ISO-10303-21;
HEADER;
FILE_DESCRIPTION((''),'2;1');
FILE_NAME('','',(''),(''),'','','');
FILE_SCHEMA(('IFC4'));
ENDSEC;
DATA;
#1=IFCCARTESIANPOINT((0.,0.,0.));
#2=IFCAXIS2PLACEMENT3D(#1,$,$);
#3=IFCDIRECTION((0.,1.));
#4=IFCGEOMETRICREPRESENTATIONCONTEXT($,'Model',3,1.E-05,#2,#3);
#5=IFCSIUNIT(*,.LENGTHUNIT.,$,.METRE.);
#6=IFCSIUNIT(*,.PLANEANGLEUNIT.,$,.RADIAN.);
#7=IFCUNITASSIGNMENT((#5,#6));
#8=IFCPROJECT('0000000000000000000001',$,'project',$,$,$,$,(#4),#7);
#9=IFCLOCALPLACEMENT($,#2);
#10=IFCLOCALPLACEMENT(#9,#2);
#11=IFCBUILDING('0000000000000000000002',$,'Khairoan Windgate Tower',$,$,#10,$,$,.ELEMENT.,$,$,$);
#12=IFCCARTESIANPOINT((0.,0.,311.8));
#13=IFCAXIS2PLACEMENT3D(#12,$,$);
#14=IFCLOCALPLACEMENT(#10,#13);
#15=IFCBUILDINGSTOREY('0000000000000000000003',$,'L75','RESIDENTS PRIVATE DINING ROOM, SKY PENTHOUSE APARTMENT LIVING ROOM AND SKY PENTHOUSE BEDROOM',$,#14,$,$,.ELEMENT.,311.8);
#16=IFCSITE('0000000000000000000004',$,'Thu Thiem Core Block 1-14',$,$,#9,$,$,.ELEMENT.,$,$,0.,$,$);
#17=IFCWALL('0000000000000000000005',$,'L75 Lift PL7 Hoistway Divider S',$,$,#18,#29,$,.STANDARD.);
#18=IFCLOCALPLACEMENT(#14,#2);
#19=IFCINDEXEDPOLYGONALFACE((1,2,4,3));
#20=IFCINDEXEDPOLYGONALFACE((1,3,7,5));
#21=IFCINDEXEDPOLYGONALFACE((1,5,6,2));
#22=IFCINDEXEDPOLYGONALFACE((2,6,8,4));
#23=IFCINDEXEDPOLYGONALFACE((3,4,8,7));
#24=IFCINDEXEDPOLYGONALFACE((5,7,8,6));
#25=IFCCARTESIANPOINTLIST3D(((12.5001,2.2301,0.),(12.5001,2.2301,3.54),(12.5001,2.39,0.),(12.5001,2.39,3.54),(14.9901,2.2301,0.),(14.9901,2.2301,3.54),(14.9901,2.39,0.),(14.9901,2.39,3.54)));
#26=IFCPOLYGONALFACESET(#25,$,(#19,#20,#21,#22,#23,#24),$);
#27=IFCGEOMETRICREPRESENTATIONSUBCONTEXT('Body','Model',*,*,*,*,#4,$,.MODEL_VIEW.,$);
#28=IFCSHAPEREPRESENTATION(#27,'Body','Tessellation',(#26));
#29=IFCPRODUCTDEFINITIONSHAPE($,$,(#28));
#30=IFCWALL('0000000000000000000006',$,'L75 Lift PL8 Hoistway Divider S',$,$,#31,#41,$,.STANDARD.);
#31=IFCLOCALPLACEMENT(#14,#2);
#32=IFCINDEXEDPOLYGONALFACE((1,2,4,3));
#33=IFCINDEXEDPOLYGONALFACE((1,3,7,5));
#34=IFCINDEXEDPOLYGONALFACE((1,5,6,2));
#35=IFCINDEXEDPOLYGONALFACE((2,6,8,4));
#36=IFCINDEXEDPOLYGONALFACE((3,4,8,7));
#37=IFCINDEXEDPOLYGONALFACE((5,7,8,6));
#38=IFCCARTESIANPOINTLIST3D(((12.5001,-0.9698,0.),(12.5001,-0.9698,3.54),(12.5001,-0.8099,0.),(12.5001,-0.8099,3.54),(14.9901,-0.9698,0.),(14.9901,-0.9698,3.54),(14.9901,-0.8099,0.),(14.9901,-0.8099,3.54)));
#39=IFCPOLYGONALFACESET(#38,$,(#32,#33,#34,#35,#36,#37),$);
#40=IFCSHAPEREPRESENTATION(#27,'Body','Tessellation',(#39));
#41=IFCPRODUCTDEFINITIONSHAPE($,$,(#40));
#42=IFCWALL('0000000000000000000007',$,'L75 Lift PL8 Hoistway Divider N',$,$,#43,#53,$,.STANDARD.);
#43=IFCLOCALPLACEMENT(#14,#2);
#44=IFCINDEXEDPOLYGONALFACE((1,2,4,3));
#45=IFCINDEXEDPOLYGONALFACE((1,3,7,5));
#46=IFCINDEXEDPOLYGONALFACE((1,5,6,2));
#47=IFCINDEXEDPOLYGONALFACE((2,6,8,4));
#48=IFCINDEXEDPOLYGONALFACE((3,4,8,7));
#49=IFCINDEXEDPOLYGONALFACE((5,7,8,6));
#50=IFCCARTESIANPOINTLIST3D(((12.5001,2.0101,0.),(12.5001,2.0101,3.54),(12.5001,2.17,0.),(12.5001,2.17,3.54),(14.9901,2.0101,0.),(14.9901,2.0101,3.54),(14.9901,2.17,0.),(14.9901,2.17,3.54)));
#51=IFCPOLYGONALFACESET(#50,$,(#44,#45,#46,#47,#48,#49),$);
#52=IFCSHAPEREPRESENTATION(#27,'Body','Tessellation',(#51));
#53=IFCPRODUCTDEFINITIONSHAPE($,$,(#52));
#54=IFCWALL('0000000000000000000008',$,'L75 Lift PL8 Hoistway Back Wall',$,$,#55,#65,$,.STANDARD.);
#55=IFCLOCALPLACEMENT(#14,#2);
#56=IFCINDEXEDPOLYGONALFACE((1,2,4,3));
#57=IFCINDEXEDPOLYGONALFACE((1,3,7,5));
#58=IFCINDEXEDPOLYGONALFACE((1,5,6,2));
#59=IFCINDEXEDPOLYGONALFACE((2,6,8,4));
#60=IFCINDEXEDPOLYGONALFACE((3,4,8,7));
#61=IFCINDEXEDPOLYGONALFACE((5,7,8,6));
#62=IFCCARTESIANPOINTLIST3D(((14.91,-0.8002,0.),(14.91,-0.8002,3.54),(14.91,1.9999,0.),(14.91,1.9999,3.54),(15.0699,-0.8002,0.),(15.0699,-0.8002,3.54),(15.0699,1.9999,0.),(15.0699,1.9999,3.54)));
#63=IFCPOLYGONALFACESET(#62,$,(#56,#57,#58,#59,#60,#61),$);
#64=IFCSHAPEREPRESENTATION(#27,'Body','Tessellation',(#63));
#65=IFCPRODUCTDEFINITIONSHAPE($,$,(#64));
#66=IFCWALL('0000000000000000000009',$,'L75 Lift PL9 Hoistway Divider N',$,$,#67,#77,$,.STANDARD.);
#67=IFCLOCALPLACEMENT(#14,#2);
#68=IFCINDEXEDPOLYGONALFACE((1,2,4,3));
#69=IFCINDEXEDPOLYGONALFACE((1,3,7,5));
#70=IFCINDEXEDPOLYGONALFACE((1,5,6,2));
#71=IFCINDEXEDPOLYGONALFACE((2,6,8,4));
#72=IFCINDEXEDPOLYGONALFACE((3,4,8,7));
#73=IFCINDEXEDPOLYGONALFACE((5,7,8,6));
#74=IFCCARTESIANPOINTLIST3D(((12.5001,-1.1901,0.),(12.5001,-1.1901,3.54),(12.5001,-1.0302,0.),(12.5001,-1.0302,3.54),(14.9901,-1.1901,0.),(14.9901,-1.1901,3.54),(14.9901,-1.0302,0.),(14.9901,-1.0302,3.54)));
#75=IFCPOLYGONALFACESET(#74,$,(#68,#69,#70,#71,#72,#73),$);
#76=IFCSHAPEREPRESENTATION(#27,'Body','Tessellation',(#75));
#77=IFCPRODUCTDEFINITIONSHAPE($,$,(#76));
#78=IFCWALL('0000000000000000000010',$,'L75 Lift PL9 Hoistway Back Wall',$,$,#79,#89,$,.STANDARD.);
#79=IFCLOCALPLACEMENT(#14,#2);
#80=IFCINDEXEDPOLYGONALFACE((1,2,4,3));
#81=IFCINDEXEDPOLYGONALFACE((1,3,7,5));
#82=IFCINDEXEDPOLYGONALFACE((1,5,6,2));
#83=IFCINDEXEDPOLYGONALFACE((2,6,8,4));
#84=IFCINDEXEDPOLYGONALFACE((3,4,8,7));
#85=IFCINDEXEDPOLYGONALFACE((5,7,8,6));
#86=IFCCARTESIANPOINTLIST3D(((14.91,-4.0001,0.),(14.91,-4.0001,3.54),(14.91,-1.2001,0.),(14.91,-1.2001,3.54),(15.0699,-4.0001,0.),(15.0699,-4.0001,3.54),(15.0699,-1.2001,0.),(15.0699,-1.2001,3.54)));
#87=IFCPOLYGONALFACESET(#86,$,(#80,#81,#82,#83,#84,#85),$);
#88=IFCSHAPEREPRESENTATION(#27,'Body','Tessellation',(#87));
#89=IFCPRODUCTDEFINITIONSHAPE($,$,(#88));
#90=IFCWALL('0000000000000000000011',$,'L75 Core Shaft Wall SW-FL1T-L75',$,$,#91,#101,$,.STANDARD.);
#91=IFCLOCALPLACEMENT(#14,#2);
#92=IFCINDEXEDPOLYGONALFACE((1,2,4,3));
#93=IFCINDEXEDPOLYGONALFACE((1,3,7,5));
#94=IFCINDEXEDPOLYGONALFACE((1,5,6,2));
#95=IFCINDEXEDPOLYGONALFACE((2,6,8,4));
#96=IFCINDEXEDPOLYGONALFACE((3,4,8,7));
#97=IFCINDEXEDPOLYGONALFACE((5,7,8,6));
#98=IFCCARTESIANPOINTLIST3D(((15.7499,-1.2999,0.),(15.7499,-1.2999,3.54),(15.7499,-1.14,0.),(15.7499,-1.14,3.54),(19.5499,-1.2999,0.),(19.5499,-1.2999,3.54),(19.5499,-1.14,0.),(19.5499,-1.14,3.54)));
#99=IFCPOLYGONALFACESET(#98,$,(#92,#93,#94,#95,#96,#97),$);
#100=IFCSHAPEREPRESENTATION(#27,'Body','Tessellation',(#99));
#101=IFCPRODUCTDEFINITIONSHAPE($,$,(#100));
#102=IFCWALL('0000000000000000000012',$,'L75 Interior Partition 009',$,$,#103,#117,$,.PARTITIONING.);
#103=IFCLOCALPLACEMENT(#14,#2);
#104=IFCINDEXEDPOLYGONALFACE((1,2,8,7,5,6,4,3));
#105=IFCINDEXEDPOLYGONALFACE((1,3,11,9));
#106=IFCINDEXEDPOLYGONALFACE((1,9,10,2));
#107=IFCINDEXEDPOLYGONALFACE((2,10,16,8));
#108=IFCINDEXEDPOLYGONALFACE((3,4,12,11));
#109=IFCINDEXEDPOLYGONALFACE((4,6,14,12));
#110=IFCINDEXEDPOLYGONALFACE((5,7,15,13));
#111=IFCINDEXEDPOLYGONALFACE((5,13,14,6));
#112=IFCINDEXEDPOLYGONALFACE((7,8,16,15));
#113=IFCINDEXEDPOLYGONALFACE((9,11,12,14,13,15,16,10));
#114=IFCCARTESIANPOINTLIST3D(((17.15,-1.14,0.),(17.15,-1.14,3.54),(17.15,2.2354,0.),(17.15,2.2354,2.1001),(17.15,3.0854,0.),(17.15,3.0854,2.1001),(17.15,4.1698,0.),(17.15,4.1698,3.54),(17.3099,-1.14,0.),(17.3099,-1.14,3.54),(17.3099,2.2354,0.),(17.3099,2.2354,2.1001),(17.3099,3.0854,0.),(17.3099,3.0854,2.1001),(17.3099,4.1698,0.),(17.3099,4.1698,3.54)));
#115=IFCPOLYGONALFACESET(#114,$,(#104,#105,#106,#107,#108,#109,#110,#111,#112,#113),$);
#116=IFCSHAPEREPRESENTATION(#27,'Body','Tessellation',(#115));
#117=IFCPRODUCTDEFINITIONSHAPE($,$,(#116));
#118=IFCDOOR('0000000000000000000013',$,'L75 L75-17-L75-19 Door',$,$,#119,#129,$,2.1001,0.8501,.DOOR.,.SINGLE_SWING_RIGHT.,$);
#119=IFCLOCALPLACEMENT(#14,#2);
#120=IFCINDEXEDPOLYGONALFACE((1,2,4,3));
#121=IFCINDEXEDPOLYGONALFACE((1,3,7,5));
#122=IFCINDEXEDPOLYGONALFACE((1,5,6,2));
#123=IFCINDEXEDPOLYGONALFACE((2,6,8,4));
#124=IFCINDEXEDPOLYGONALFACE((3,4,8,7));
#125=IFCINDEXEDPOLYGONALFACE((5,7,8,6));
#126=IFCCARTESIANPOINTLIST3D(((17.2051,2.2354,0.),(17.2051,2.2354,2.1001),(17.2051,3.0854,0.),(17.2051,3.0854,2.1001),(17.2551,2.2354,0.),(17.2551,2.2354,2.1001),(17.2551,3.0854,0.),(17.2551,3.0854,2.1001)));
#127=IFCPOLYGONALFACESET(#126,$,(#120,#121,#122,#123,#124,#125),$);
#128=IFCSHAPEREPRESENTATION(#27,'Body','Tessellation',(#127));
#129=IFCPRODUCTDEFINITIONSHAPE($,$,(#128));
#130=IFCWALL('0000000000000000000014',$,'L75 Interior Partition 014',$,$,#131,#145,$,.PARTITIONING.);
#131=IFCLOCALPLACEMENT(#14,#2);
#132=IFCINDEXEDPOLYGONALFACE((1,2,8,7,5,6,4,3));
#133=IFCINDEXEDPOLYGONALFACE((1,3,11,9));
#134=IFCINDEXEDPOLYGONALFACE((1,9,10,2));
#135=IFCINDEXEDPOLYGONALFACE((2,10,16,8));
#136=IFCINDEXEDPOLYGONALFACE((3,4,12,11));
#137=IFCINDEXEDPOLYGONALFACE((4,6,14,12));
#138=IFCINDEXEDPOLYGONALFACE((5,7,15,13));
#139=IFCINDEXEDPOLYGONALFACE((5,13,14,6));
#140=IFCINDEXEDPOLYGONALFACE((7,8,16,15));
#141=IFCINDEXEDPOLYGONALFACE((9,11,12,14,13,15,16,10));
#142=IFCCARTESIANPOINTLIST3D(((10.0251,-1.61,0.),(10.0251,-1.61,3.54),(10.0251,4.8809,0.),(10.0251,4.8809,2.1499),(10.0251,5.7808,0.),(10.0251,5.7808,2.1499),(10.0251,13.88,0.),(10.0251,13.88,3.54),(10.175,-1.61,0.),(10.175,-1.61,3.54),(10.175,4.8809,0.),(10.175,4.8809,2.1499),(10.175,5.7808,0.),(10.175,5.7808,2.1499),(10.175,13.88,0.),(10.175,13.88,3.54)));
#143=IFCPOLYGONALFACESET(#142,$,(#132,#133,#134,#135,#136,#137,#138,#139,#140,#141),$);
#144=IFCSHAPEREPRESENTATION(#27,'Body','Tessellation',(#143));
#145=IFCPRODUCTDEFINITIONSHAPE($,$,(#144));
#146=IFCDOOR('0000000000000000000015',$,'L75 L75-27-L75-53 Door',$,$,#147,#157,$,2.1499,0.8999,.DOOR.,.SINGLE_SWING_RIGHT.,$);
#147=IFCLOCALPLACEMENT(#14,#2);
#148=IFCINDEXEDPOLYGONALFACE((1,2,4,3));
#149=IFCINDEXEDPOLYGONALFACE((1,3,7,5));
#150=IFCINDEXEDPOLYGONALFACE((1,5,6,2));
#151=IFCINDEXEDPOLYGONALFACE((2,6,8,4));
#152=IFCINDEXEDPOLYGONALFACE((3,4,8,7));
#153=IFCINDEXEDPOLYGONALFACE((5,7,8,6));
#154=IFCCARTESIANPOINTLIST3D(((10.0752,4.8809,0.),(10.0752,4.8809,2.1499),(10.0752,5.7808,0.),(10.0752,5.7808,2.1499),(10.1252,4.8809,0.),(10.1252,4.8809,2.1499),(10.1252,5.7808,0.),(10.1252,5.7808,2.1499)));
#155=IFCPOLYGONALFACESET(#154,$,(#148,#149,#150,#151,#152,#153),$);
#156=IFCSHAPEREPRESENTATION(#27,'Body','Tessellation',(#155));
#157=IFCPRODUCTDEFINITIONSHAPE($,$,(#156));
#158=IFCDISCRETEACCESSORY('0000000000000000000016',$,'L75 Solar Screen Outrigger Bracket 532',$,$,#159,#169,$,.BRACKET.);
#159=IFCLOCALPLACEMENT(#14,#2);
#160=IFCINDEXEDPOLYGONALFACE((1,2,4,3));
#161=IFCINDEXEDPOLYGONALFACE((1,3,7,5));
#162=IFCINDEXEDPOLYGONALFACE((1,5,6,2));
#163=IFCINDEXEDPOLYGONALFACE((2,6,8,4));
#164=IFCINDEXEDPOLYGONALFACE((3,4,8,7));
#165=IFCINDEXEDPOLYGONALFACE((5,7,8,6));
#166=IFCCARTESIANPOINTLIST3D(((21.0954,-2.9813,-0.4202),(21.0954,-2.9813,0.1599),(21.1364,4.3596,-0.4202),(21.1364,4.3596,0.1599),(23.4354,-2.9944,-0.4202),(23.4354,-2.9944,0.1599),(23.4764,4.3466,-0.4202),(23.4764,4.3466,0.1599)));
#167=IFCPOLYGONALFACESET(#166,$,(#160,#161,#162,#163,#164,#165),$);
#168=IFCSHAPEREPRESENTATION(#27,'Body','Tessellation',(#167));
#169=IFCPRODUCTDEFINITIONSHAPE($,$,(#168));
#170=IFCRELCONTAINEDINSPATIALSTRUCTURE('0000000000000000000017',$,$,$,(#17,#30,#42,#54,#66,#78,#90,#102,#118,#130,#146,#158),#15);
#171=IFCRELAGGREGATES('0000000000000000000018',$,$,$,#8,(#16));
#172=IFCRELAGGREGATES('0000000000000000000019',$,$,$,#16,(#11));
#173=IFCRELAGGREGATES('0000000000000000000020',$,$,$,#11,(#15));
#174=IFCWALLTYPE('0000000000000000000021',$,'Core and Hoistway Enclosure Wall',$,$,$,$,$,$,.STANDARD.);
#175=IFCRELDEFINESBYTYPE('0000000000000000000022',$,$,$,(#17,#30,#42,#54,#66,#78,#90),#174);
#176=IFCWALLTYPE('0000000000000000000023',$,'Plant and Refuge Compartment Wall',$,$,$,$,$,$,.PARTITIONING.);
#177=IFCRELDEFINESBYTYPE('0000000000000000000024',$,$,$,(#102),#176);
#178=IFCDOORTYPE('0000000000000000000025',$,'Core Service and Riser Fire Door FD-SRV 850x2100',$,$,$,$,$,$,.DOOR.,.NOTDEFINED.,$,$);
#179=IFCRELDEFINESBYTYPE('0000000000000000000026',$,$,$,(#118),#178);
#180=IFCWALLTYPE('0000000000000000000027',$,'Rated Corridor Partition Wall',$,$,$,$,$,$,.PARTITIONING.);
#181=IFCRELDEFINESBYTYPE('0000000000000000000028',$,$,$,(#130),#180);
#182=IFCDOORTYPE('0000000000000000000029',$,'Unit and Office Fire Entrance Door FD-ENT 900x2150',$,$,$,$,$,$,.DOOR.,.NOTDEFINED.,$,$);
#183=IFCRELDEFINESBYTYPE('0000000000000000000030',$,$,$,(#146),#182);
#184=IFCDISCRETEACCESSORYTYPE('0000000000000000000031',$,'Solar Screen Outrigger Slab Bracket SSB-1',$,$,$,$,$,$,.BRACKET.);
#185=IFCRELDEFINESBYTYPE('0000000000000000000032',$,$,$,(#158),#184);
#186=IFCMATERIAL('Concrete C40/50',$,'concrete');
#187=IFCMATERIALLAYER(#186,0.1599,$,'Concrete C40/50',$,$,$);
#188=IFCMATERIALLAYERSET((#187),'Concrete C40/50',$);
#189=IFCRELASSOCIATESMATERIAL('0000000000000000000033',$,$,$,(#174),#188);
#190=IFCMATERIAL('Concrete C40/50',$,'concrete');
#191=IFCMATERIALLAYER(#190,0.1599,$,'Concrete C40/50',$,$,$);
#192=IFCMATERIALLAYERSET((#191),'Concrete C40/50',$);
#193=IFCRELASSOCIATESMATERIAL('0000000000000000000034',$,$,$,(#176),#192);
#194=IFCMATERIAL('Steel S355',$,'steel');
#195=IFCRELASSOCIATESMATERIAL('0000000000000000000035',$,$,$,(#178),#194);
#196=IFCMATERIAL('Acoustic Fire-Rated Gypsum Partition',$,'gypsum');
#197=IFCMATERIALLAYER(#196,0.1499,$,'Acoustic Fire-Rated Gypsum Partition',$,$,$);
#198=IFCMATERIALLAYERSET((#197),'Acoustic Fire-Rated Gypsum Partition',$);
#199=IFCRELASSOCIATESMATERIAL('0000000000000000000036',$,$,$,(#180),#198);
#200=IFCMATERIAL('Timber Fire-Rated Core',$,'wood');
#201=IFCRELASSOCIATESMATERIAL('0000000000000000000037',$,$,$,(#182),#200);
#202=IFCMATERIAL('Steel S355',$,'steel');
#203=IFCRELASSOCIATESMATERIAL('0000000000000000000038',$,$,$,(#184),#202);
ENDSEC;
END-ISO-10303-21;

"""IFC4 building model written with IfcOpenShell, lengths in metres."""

from ifc_helpers import new_model, si_unit, direction, frame, frame_2d, origin, origin_2d, place, context, subcontext, project, spatial, rectangle, extrude, material, layer, layer_set, type_object, element, fill, save


model = new_model("IFC4")

# Units and contexts
model_context = context("Model", 3, precision=1e-05, world=origin(), true_north=direction((0.0, 1.0)))
body_context = subcontext(model_context, "Body", "Model", "MODEL_VIEW")
ifc_project = project(units=[si_unit("LENGTHUNIT", "METRE"), si_unit("PLANEANGLEUNIT", "RADIAN")], contexts=[model_context])

# Site, building, storey
site_placement = place(None, origin())
site = spatial("IfcSite", under=ifc_project, at=site_placement, Name="Thu Thiem Core Block 1-14", CompositionType="ELEMENT", RefElevation=0.0)
building_placement = place(site_placement, origin())
building = spatial("IfcBuilding", under=site, at=building_placement, Name="Khairoan Windgate Tower", CompositionType="ELEMENT")
storey_placement = place(building_placement, frame((0.0, 0.0, 311.8)))
storey = spatial("IfcBuildingStorey", under=building, at=storey_placement, Name="L75", Description="RESIDENTS PRIVATE DINING ROOM, SKY PENTHOUSE APARTMENT LIVING ROOM AND SKY PENTHOUSE BEDROOM", CompositionType="ELEMENT", Elevation=311.8)

# Walls
ifc_material_1 = material(Name="Concrete C40/50", Category="concrete")
ifc_layer_1 = layer(ifc_material_1, 0.1599, Name="Concrete C40/50")
ifc_layer_set_1 = layer_set([ifc_layer_1], Name="Concrete C40/50")
wall_type_1 = type_object("IfcWallType", Name="Core and Hoistway Enclosure Wall", PredefinedType="STANDARD", material=ifc_layer_set_1)
for number, where, z_axis, x_axis, name in (
    (1, (12.5, 2.3101, 0.0), (0.0, 0.0, 1.0), (1.0, 0.0, 0.0), "L75 Lift PL7 Hoistway Divider S"),
    (2, (12.5, -0.8899, 0.0), (0.0, 0.0, 1.0), (1.0, 0.0, 0.0), "L75 Lift PL8 Hoistway Divider S"),
    (3, (12.5, 2.0901, 0.0), (0.0, 0.0, 1.0), (1.0, 0.0, 0.0), "L75 Lift PL8 Hoistway Divider N"),
):
    element("IfcWall", number, at=place(storey_placement, frame(where, z_axis=z_axis, x_axis=x_axis)), inside=storey, type_object=wall_type_1, Name=name, PredefinedType="STANDARD", context=body_context, shape_type="SweptSolid", body=[
        extrude(rectangle(XDim=2.49, YDim=0.1599, at=frame_2d((1.2451, 0.0))), origin(), (0.0, 0.0, 1.0), 3.54),
    ])
wall_1_placement = place(storey_placement, frame((14.99, -0.8, 0.0), z_axis=(0.0, 0.0, 1.0), x_axis=(0.0, 1.0, 0.0)))
element("IfcWall", 4, at=wall_1_placement, inside=storey, type_object=wall_type_1, Name="L75 Lift PL8 Hoistway Back Wall", PredefinedType="STANDARD", context=body_context, shape_type="SweptSolid", body=[
    extrude(rectangle(XDim=2.8, YDim=0.1599, at=frame_2d((1.3999, 0.0))), origin(), (0.0, 0.0, 1.0), 3.54),
])
wall_2_placement = place(storey_placement, frame((12.5, -1.1101, 0.0), z_axis=(0.0, 0.0, 1.0), x_axis=(1.0, 0.0, 0.0)))
element("IfcWall", 5, at=wall_2_placement, inside=storey, type_object=wall_type_1, Name="L75 Lift PL9 Hoistway Divider N", PredefinedType="STANDARD", context=body_context, shape_type="SweptSolid", body=[
    extrude(rectangle(XDim=2.49, YDim=0.1599, at=frame_2d((1.2451, 0.0))), origin(), (0.0, 0.0, 1.0), 3.54),
])
wall_3_placement = place(storey_placement, frame((14.99, -4.0, 0.0), z_axis=(0.0, 0.0, 1.0), x_axis=(0.0, 1.0, 0.0)))
element("IfcWall", 6, at=wall_3_placement, inside=storey, type_object=wall_type_1, Name="L75 Lift PL9 Hoistway Back Wall", PredefinedType="STANDARD", context=body_context, shape_type="SweptSolid", body=[
    extrude(rectangle(XDim=2.8, YDim=0.1599, at=frame_2d((1.3999, 0.0))), origin(), (0.0, 0.0, 1.0), 3.54),
])
wall_4_placement = place(storey_placement, frame((15.75, -1.22, 0.0), z_axis=(0.0, 0.0, 1.0), x_axis=(1.0, 0.0, 0.0)))
element("IfcWall", 7, at=wall_4_placement, inside=storey, type_object=wall_type_1, Name="L75 Core Shaft Wall SW-FL1T-L75", PredefinedType="STANDARD", context=body_context, shape_type="SweptSolid", body=[
    extrude(rectangle(XDim=3.8, YDim=0.1599, at=frame_2d((1.8999, 0.0))), origin(), (0.0, 0.0, 1.0), 3.54),
])

# Walls, openings, doors
ifc_material_2 = material(Name="Concrete C40/50", Category="concrete")
ifc_layer_2 = layer(ifc_material_2, 0.1599, Name="Concrete C40/50")
ifc_layer_set_2 = layer_set([ifc_layer_2], Name="Concrete C40/50")
wall_type_2 = type_object("IfcWallType", Name="Plant and Refuge Compartment Wall", PredefinedType="PARTITIONING", material=ifc_layer_set_2)
wall_5_placement = place(storey_placement, frame((17.23, -1.1399, 0.0), z_axis=(0.0, 0.0, 1.0), x_axis=(0.0, 1.0, 0.0)))
wall_5 = element("IfcWall", 8, at=wall_5_placement, inside=storey, type_object=wall_type_2, Name="L75 Interior Partition 009", PredefinedType="PARTITIONING", context=body_context, shape_type="SweptSolid", body=[
    extrude(rectangle(XDim=5.3098, YDim=0.1599, at=frame_2d((2.6548, 0.0))), origin(), (0.0, 0.0, 1.0), 3.54),
])
opening_1_placement = place(wall_5_placement, frame((3.3752, 0.0, 0.0)))
opening_1 = element("IfcOpeningElement", 9, at=opening_1_placement, cuts=wall_5, PredefinedType="OPENING", context=body_context, shape_type="SweptSolid", body=[
    extrude(rectangle(XDim=0.8501, YDim=2.1001, at=frame_2d((0.425, 1.05))), frame((0.0, 0.0898, 0.0), z_axis=(0.0, -1.0, 0.0), x_axis=(1.0, 0.0, 0.0)), (0.0, 0.0, 1.0), 0.1799),
])
ifc_material_3 = material(Name="Steel S355", Category="steel")
door_type_1 = type_object("IfcDoorType", Name="Core Service and Riser Fire Door FD-SRV 850x2100", OperationType="NOTDEFINED", PredefinedType="DOOR", material=ifc_material_3)
door_1_placement = place(opening_1_placement, origin())
door_1 = element("IfcDoor", 10, at=door_1_placement, inside=storey, type_object=door_type_1, Name="L75 L75-17-L75-19 Door", OperationType="SINGLE_SWING_RIGHT", OverallHeight=2.1001, OverallWidth=0.8501, PredefinedType="DOOR", context=body_context, shape_type="SweptSolid", body=[
    extrude(rectangle(XDim=0.8501, YDim=2.1001, at=frame_2d((0.425, 1.05))), frame((0.0, 0.0249, 0.0), z_axis=(0.0, -1.0, 0.0), x_axis=(1.0, 0.0, 0.0)), (0.0, 0.0, 1.0), 0.05),
])
fill(opening_1, door_1)
ifc_material_4 = material(Name="Acoustic Fire-Rated Gypsum Partition", Category="gypsum")
ifc_layer_3 = layer(ifc_material_4, 0.1499, Name="Acoustic Fire-Rated Gypsum Partition")
ifc_layer_set_3 = layer_set([ifc_layer_3], Name="Acoustic Fire-Rated Gypsum Partition")
wall_type_3 = type_object("IfcWallType", Name="Rated Corridor Partition Wall", PredefinedType="PARTITIONING", material=ifc_layer_set_3)
wall_6_placement = place(storey_placement, frame((10.1001, -1.6101, 0.0), z_axis=(0.0, 0.0, 1.0), x_axis=(0.0, 1.0, 0.0)))
wall_6 = element("IfcWall", 11, at=wall_6_placement, inside=storey, type_object=wall_type_3, Name="L75 Interior Partition 014", PredefinedType="PARTITIONING", context=body_context, shape_type="SweptSolid", body=[
    extrude(rectangle(XDim=15.49, YDim=0.1499, at=frame_2d((7.7451, 0.0))), origin(), (0.0, 0.0, 1.0), 3.54),
])
opening_2_placement = place(wall_6_placement, frame((6.491, 0.0, 0.0)))
opening_2 = element("IfcOpeningElement", 12, at=opening_2_placement, cuts=wall_6, PredefinedType="OPENING", context=body_context, shape_type="SweptSolid", body=[
    extrude(rectangle(XDim=0.8999, YDim=2.1499, at=frame_2d((0.45, 1.075))), frame((0.0, 0.085, 0.0), z_axis=(0.0, -1.0, 0.0), x_axis=(1.0, 0.0, 0.0)), (0.0, 0.0, 1.0), 0.1699),
])
ifc_material_5 = material(Name="Timber Fire-Rated Core", Category="wood")
door_type_2 = type_object("IfcDoorType", Name="Unit and Office Fire Entrance Door FD-ENT 900x2150", OperationType="NOTDEFINED", PredefinedType="DOOR", material=ifc_material_5)
door_2_placement = place(opening_2_placement, origin())
door_2 = element("IfcDoor", 13, at=door_2_placement, inside=storey, type_object=door_type_2, Name="L75 L75-27-L75-53 Door", OperationType="SINGLE_SWING_RIGHT", OverallHeight=2.1499, OverallWidth=0.8999, PredefinedType="DOOR", context=body_context, shape_type="SweptSolid", body=[
    extrude(rectangle(XDim=0.8999, YDim=2.1499, at=frame_2d((0.45, 1.075))), frame((0.0, 0.0249, 0.0), z_axis=(0.0, -1.0, 0.0), x_axis=(1.0, 0.0, 0.0)), (0.0, 0.0, 1.0), 0.05),
])
fill(opening_2, door_2)

# Discrete accessory
ifc_material_6 = material(Name="Steel S355", Category="steel")
discrete_accessory_type = type_object("IfcDiscreteAccessoryType", Name="Solar Screen Outrigger Slab Bracket SSB-1", PredefinedType="BRACKET", material=ifc_material_6)
discrete_accessory_placement = place(storey_placement, frame((22.2859, 0.6826, -0.4202), z_axis=(0.0, 0.0, 1.0), x_axis=(-0.005585, -0.999984, 0.0)))
element("IfcDiscreteAccessory", 14, at=discrete_accessory_placement, inside=storey, type_object=discrete_accessory_type, Name="L75 Solar Screen Outrigger Bracket 532", PredefinedType="BRACKET", context=body_context, shape_type="SweptSolid", body=[
    extrude(rectangle(XDim=7.3411, YDim=2.3401, at=origin_2d()), origin(), (0.0, 0.0, 1.0), 0.5801),
])

save(model, "model.ifc")
